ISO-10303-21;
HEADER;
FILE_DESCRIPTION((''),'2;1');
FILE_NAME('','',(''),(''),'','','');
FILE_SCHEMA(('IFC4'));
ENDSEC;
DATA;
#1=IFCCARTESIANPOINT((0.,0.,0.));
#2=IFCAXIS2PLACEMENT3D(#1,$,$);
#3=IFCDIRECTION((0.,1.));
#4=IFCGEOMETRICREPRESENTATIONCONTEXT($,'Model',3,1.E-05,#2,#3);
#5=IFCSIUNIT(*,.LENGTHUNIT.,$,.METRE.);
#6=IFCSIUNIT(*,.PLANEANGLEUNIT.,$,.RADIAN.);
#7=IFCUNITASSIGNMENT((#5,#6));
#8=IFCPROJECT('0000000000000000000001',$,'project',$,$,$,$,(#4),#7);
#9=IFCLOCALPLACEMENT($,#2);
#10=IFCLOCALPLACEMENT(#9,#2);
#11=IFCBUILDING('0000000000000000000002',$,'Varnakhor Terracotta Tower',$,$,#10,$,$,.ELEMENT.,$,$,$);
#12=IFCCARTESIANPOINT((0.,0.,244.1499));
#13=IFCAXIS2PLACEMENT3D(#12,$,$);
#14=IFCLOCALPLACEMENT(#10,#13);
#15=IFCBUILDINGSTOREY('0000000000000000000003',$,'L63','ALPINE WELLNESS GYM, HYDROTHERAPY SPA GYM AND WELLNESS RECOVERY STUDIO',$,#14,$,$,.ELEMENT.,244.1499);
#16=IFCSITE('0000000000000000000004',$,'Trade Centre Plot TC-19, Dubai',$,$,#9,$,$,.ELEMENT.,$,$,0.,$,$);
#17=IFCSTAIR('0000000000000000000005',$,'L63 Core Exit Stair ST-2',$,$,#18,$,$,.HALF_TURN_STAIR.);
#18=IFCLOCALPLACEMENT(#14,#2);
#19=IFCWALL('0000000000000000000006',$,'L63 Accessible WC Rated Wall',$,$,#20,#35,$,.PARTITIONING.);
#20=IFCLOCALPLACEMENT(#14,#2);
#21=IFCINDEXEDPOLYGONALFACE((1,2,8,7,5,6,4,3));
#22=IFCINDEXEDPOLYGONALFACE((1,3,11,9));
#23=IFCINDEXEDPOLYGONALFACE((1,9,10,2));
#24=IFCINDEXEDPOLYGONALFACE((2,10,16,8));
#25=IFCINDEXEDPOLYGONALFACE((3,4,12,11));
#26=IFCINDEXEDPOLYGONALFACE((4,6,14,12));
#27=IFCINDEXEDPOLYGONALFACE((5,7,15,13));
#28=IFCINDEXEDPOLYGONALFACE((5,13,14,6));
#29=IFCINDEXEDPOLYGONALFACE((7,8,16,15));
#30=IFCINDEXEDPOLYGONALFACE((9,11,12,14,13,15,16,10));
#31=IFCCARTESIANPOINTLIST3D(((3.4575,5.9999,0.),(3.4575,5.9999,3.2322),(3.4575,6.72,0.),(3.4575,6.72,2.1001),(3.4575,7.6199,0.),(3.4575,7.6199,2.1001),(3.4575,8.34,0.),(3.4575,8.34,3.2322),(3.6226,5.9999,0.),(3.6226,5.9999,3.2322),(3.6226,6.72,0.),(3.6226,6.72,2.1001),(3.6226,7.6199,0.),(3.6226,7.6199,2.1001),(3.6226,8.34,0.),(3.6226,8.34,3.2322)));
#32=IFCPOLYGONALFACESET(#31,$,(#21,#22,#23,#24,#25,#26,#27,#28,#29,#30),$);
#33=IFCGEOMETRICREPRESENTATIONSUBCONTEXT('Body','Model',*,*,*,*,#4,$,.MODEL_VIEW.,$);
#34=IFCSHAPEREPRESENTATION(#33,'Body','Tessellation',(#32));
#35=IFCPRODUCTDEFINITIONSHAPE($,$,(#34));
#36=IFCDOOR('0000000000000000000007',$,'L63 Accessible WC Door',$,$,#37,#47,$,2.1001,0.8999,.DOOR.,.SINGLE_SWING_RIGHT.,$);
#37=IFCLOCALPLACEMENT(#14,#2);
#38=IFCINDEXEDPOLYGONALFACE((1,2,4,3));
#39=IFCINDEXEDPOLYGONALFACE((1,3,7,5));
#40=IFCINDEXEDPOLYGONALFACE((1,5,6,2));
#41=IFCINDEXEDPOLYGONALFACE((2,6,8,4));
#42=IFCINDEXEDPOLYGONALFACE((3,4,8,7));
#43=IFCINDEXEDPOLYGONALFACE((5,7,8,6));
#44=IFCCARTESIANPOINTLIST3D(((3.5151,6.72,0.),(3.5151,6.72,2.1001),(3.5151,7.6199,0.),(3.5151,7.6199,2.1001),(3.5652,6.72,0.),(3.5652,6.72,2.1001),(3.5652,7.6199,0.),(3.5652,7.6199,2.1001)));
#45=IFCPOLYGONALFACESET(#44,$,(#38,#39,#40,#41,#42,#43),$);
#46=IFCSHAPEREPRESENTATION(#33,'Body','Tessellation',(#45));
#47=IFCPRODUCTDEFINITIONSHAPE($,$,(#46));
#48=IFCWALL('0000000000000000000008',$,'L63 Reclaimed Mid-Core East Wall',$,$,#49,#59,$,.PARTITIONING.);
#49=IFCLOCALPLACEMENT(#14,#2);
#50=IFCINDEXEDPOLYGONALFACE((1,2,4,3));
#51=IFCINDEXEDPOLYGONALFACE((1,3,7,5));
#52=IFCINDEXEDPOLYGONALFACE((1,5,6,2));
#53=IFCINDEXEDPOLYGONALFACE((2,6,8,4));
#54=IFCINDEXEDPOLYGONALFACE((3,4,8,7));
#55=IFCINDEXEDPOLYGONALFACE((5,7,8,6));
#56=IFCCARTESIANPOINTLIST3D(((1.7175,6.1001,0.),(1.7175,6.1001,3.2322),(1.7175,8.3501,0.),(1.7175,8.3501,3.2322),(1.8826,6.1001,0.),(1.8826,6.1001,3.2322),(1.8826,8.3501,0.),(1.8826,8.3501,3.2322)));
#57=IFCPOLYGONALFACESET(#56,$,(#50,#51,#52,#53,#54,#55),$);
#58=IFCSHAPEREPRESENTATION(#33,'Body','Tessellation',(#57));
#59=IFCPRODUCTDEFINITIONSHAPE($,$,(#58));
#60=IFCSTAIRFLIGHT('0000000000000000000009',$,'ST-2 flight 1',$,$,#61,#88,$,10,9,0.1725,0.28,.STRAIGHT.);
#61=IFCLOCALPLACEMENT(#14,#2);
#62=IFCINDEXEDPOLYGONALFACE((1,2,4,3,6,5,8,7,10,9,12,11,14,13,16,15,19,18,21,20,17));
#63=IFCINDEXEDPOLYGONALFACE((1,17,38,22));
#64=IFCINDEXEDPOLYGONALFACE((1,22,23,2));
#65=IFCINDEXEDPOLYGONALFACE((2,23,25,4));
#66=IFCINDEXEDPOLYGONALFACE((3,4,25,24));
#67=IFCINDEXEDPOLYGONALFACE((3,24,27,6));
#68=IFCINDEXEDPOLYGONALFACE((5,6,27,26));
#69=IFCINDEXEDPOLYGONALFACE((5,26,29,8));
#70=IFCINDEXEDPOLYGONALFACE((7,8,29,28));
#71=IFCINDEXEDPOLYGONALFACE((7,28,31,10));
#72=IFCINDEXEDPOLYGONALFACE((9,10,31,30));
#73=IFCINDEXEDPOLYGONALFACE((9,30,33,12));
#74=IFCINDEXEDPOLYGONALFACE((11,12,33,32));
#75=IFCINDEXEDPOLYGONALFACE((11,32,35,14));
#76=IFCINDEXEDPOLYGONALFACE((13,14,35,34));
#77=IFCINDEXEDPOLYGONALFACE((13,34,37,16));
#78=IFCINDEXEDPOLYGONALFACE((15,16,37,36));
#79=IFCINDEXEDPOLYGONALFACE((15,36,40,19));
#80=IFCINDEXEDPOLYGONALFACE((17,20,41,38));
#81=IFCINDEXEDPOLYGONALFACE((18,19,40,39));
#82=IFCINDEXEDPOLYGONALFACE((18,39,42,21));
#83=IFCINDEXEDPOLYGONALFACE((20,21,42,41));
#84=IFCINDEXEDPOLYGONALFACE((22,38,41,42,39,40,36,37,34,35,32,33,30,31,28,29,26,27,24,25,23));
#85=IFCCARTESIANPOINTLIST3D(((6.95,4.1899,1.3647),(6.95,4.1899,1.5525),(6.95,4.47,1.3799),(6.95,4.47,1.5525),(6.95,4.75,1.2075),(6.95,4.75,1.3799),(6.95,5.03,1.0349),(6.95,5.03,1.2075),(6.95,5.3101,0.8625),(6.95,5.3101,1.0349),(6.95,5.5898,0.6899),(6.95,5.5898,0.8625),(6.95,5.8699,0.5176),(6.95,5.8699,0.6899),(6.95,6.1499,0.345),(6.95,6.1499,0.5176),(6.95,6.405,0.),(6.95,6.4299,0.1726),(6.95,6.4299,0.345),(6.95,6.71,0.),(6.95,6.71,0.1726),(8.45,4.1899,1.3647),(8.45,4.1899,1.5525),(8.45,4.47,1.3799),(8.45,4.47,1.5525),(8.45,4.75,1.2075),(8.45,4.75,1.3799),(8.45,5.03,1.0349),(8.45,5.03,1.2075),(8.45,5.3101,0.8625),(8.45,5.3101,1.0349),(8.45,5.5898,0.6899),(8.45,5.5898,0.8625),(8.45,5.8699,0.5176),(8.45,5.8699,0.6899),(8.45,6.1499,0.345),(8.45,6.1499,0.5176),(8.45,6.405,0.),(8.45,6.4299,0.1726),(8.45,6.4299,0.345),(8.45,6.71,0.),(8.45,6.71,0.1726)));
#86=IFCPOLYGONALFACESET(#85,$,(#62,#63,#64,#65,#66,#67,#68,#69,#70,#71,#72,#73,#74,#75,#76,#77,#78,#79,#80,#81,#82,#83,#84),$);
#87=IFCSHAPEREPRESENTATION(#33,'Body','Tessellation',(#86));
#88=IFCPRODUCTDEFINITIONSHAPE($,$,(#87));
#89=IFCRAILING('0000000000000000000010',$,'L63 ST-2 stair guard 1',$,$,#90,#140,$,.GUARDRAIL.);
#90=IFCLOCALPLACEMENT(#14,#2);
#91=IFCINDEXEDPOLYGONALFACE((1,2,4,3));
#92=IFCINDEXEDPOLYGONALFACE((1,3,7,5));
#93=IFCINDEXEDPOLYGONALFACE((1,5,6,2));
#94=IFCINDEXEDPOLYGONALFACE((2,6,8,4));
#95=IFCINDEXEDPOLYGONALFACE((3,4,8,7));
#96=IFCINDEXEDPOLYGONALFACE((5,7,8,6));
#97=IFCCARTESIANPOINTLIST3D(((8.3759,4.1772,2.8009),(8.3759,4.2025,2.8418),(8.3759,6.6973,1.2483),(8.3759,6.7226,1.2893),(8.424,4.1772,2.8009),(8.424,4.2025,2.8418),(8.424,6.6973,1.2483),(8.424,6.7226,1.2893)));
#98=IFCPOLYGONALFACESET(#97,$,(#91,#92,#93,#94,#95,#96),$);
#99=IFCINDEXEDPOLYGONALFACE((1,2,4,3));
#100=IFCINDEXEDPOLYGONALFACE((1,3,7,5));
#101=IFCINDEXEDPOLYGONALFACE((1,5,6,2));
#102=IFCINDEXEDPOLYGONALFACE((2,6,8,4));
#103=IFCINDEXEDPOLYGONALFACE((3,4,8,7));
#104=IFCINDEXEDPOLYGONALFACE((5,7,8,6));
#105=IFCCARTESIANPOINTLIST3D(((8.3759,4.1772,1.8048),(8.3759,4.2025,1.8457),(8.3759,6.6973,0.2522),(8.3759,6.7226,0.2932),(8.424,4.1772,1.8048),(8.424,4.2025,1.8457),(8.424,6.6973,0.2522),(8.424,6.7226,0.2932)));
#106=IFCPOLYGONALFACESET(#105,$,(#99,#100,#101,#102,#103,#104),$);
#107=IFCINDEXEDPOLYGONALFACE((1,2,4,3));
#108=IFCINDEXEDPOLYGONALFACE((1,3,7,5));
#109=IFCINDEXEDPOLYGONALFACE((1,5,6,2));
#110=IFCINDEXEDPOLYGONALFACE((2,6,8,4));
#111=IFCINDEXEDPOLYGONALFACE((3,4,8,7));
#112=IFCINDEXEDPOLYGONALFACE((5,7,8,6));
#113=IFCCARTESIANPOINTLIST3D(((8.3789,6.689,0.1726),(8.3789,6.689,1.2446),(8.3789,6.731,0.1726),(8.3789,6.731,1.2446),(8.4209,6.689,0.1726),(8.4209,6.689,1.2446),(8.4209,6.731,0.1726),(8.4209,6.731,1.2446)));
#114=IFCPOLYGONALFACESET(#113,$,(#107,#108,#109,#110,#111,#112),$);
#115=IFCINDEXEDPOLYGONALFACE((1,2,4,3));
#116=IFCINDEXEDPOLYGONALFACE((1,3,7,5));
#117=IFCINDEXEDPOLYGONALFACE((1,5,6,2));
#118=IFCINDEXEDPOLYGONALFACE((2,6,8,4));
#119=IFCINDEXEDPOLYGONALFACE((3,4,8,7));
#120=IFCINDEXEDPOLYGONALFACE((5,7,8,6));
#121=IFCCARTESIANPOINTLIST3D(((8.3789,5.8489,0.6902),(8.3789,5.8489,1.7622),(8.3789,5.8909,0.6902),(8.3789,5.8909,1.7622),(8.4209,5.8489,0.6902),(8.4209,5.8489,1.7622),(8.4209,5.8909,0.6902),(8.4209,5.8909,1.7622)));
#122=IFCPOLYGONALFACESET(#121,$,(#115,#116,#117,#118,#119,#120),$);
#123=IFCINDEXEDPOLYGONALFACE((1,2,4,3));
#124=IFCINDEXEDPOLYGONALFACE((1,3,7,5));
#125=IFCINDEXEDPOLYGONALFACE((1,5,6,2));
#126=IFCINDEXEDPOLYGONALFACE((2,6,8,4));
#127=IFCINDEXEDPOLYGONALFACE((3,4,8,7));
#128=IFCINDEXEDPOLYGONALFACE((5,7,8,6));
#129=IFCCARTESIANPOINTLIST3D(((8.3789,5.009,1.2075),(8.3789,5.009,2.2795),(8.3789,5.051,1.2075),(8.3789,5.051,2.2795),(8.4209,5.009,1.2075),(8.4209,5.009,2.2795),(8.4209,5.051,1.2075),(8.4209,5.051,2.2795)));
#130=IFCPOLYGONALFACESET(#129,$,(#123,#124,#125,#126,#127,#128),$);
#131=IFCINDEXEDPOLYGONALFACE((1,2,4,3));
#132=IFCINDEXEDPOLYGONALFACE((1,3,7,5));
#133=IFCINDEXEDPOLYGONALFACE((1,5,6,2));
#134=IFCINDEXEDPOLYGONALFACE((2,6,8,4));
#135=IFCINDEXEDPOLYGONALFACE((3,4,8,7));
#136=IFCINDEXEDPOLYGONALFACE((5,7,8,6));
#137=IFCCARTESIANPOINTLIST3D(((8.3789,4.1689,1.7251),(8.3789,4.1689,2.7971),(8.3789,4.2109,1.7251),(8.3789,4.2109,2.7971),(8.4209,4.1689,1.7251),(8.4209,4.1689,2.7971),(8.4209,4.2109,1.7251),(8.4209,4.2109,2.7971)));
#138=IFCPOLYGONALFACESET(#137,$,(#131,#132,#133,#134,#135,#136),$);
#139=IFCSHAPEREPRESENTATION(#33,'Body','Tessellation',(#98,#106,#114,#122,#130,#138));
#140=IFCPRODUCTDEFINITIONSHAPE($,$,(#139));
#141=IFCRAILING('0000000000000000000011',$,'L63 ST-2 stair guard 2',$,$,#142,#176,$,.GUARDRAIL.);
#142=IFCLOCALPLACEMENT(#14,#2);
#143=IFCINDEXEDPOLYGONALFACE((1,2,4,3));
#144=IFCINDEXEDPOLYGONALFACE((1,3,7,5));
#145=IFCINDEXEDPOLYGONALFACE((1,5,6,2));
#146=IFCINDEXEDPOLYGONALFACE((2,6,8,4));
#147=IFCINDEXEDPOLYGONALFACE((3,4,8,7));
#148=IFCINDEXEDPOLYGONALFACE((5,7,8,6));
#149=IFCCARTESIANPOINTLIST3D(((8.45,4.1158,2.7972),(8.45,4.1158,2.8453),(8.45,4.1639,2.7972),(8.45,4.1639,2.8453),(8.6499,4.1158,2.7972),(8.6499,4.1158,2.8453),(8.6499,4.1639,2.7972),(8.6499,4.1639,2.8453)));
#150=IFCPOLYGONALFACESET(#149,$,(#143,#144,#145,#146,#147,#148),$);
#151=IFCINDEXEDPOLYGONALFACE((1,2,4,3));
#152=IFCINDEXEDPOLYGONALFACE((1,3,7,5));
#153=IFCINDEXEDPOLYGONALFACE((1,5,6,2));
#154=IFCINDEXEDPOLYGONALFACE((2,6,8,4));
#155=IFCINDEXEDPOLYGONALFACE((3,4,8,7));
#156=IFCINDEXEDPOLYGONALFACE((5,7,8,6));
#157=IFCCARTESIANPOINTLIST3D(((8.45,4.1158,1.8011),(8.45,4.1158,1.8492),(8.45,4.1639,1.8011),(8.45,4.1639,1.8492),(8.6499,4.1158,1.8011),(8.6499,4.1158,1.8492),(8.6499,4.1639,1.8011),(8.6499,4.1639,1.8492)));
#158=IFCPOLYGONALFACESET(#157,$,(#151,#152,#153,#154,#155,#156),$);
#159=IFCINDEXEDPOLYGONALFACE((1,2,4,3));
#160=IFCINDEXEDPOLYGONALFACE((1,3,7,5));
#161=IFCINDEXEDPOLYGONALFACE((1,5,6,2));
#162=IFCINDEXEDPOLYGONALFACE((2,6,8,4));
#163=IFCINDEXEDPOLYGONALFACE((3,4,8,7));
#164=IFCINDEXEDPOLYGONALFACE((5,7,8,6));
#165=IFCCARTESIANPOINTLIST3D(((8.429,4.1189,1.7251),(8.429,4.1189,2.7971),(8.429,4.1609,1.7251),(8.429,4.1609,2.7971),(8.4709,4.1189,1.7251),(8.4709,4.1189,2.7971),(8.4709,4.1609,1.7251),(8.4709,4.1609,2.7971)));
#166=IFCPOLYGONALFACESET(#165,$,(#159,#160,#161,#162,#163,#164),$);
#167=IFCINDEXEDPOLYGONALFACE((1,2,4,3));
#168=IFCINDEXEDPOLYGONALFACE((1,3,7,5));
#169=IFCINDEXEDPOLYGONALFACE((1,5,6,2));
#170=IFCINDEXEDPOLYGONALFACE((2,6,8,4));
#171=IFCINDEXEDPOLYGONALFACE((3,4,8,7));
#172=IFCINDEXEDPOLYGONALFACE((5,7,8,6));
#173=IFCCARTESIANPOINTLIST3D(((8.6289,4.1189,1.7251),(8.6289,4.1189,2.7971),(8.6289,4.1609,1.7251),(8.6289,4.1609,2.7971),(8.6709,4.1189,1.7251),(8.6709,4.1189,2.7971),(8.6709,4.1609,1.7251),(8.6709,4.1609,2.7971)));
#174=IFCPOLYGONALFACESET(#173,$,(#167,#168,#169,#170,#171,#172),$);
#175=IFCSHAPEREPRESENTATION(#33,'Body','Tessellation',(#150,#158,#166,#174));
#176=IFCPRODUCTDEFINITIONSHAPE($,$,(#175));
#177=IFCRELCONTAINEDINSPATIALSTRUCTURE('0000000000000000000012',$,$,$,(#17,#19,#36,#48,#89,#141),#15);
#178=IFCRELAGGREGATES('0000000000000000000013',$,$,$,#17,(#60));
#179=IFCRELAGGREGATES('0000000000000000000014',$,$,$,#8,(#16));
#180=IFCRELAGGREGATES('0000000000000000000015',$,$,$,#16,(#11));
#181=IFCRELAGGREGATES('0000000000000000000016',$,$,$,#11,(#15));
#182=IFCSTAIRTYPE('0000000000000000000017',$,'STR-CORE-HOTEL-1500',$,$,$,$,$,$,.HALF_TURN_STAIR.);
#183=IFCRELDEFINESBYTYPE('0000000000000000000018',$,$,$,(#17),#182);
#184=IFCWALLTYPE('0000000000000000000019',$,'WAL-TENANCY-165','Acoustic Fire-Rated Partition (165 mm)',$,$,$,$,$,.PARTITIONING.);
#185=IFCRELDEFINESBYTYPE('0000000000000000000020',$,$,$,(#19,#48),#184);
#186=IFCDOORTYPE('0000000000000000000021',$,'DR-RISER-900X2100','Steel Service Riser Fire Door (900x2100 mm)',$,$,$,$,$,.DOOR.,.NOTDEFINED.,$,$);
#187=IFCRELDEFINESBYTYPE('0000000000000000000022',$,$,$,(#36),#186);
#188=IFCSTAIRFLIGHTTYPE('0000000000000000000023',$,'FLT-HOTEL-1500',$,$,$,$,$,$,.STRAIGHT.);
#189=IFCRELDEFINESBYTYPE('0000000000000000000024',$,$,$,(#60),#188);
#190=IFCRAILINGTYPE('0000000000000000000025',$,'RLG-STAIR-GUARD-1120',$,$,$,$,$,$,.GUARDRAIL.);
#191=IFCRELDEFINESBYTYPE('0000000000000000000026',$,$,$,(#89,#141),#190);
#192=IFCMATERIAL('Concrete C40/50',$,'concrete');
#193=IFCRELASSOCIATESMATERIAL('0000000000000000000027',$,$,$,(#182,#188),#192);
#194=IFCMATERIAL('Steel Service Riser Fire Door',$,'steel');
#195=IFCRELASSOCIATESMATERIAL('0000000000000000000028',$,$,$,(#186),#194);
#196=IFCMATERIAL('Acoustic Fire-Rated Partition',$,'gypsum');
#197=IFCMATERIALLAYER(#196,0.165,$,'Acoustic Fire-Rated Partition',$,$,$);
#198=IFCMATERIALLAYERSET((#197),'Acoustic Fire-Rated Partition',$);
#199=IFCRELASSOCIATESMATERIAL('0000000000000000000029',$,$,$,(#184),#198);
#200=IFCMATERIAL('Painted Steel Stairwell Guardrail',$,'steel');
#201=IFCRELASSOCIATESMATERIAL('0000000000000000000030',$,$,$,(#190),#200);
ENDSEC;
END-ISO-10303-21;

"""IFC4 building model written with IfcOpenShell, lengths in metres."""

from ifc_helpers import new_model, si_unit, direction, frame, frame_2d, origin, origin_2d, place, context, subcontext, project, spatial, polyline, rectangle, outline, extrude, source, transform, mapped, material, layer, layer_set, type_object, type_shapes, element, fill, aggregate, save


model = new_model("IFC4")

# Units and contexts
model_context = context("Model", 3, precision=1e-05, world=origin(), true_north=direction((0.0, 1.0)))
body_context = subcontext(model_context, "Body", "Model", "MODEL_VIEW")
ifc_project = project(units=[si_unit("LENGTHUNIT", "METRE"), si_unit("PLANEANGLEUNIT", "RADIAN")], contexts=[model_context])

# Site, building, storey
site_placement = place(None, origin())
site = spatial("IfcSite", under=ifc_project, at=site_placement, Name="Trade Centre Plot TC-19, Dubai", CompositionType="ELEMENT", RefElevation=0.0)
building_placement = place(site_placement, origin())
building = spatial("IfcBuilding", under=site, at=building_placement, Name="Varnakhor Terracotta Tower", CompositionType="ELEMENT")
storey_placement = place(building_placement, frame((0.0, 0.0, 244.1499)))
storey = spatial("IfcBuildingStorey", under=building, at=storey_placement, Name="L63", Description="ALPINE WELLNESS GYM, HYDROTHERAPY SPA GYM AND WELLNESS RECOVERY STUDIO", CompositionType="ELEMENT", Elevation=244.1499)

# Shared definitions
ifc_material_1 = material(Name="Concrete C40/50", Category="concrete")

# Stair
stair_type = type_object("IfcStairType", Name="STR-CORE-HOTEL-1500", PredefinedType="HALF_TURN_STAIR", material=ifc_material_1)
stair_1_placement = place(storey_placement, origin())
stair_1 = element("IfcStair", 1, at=stair_1_placement, inside=storey, type_object=stair_type, Name="L63 Core Exit Stair ST-2", PredefinedType="HALF_TURN_STAIR")

# Shared definitions
ifc_material_2 = material(Name="Acoustic Fire-Rated Partition", Category="gypsum")

# Wall, opening, door
ifc_material_3 = material(Name="Steel Service Riser Fire Door", Category="steel")
door_type_1 = type_object("IfcDoorType", Name="DR-RISER-900X2100", Description="Steel Service Riser Fire Door (900x2100 mm)", OperationType="NOTDEFINED", PredefinedType="DOOR", material=ifc_material_3)
shared_shape_1 = source(origin(), body_context, "Body", "SweptSolid", [
    extrude(rectangle(XDim=0.8999, YDim=2.1001, at=frame_2d((0.45, 1.05))), frame((0.0, 0.0249, 0.0), z_axis=(0.0, -1.0, 0.0), x_axis=(1.0, 0.0, 0.0)), (0.0, 0.0, 1.0), 0.05),
])
type_shapes(door_type_1, [shared_shape_1])
ifc_layer_1 = layer(ifc_material_2, 0.165, Name="Acoustic Fire-Rated Partition")
ifc_layer_set_1 = layer_set([ifc_layer_1], Name="Acoustic Fire-Rated Partition")
wall_type_1 = type_object("IfcWallType", Name="WAL-TENANCY-165", Description="Acoustic Fire-Rated Partition (165 mm)", PredefinedType="PARTITIONING", material=ifc_layer_set_1)
wall_1_placement = place(storey_placement, frame((3.54, 6.0, 0.0), z_axis=(0.0, 0.0, 1.0), x_axis=(0.0, 1.0, 0.0)))
wall_1 = element("IfcWall", 2, at=wall_1_placement, inside=storey, type_object=wall_type_1, Name="L63 Accessible WC Rated Wall", PredefinedType="PARTITIONING", context=body_context, shape_type="SweptSolid", body=[
    extrude(rectangle(XDim=2.3401, YDim=0.165, at=frame_2d((1.1699, 0.0))), origin(), (0.0, 0.0, 1.0), 3.2322),
])
opening_1_placement = place(wall_1_placement, frame((0.72, 0.0, 0.0)))
opening_1 = element("IfcOpeningElement", 3, at=opening_1_placement, cuts=wall_1, PredefinedType="OPENING", context=body_context, shape_type="SweptSolid", body=[
    extrude(rectangle(XDim=0.8999, YDim=2.1001, at=frame_2d((0.45, 1.05))), frame((0.0, 0.0925, 0.0), z_axis=(0.0, -1.0, 0.0), x_axis=(1.0, 0.0, 0.0)), (0.0, 0.0, 1.0), 0.1851),
])
door_1_placement = place(opening_1_placement, origin())
door_1 = element("IfcDoor", 4, at=door_1_placement, inside=storey, type_object=door_type_1, Name="L63 Accessible WC Door", OperationType="SINGLE_SWING_RIGHT", OverallHeight=2.1001, OverallWidth=0.8999, PredefinedType="DOOR", context=body_context, shape_type="MappedRepresentation", body=[
    mapped(shared_shape_1, transform((0.0, 0.0, 0.0), scale=1.0)),
])
fill(opening_1, door_1)

# Wall
wall_2_placement = place(storey_placement, frame((1.8, 6.1001, 0.0), z_axis=(0.0, 0.0, 1.0), x_axis=(0.0, 1.0, 0.0)))
element("IfcWall", 5, at=wall_2_placement, inside=storey, type_object=wall_type_1, Name="L63 Reclaimed Mid-Core East Wall", PredefinedType="PARTITIONING", context=body_context, shape_type="SweptSolid", body=[
    extrude(rectangle(XDim=2.25, YDim=0.165, at=frame_2d((1.125, 0.0))), origin(), (0.0, 0.0, 1.0), 3.2322),
])

# Stair flight
stair_flight_type = type_object("IfcStairFlightType", Name="FLT-HOTEL-1500", PredefinedType="STRAIGHT", material=ifc_material_1)
stair_flight_placement = place(storey_placement, frame((7.7, 6.71, 0.0), z_axis=(0.0, 0.0, 1.0), x_axis=(0.0, -1.0, 0.0)))
stair_flight = element("IfcStairFlight", 6, at=stair_flight_placement, type_object=stair_flight_type, Name="ST-2 flight 1", NumberOfRisers=10, NumberOfTreads=9, PredefinedType="STRAIGHT", RiserHeight=0.1725, TreadLength=0.28, context=body_context, shape_type="SweptSolid", body=[
    extrude(outline(polyline([(0.0, 0.0), (0.0, 0.1726), (0.28, 0.1726), (0.28, 0.345), (0.5601, 0.345), (0.5601, 0.5176), (0.8401, 0.5176), (0.8401, 0.6899), (1.1201, 0.6899), (1.1201, 0.8625), (1.3999, 0.8625), (1.3999, 1.0349), (1.6799, 1.0349), (1.6799, 1.2075), (1.96, 1.2075), (1.96, 1.3799), (2.24, 1.3799), (2.24, 1.5525), (2.52, 1.5525), (2.52, 1.7251), (2.52, 1.3647), (0.3049, 0.0), (0.0, 0.0)])), frame((0.0, 0.75, 0.0), z_axis=(0.0, -1.0, 0.0), x_axis=(1.0, 0.0, 0.0)), (0.0, 0.0, 1.0), 1.5),
])
aggregate(stair_1, [stair_flight])

# Railings
ifc_material_4 = material(Name="Painted Steel Stairwell Guardrail", Category="steel")
railing_type_1 = type_object("IfcRailingType", Name="RLG-STAIR-GUARD-1120", PredefinedType="GUARDRAIL", material=ifc_material_4)
railing_1_placement = place(storey_placement, frame((8.3999, 6.71, 0.1726)))
element("IfcRailing", 7, at=railing_1_placement, inside=storey, type_object=railing_type_1, Name="L63 ST-2 stair guard 1", PredefinedType="GUARDRAIL", context=body_context, shape_type="SweptSolid", body=[
    extrude(rectangle(XDim=0.0481, YDim=0.0481, at=origin_2d()), frame((0.0, 0.0, 1.0962), z_axis=(0.0, -0.8514, 0.524516), x_axis=(1.0, 0.0, 0.0)), (0.0, 0.0, 1.0), 2.96),
    extrude(rectangle(XDim=0.0481, YDim=0.0481, at=origin_2d()), frame((0.0, 0.0, 0.1001), z_axis=(0.0, -0.8514, 0.524516), x_axis=(1.0, 0.0, 0.0)), (0.0, 0.0, 1.0), 2.96),
    extrude(rectangle(XDim=0.042, YDim=0.042, at=origin_2d()), origin(), (0.0, 0.0, 1.0), 1.072),
    extrude(rectangle(XDim=0.042, YDim=0.042, at=origin_2d()), frame((0.0, -0.8401, 0.5176)), (0.0, 0.0, 1.0), 1.072),
    extrude(rectangle(XDim=0.042, YDim=0.042, at=origin_2d()), frame((0.0, -1.6799, 1.0349)), (0.0, 0.0, 1.0), 1.072),
    extrude(rectangle(XDim=0.042, YDim=0.042, at=origin_2d()), frame((0.0, -2.52, 1.5525)), (0.0, 0.0, 1.0), 1.072),
])
railing_2_placement = place(storey_placement, frame((8.45, 4.1399, 1.7251)))
element("IfcRailing", 8, at=railing_2_placement, inside=storey, type_object=railing_type_1, Name="L63 ST-2 stair guard 2", PredefinedType="GUARDRAIL", context=body_context, shape_type="SweptSolid", body=[
    extrude(rectangle(XDim=0.0481, YDim=0.0481, at=origin_2d()), frame((0.0, 0.0, 1.0962), z_axis=(1.0, 0.0, 0.0), x_axis=(0.0, 1.0, 0.0)), (0.0, 0.0, 1.0), 0.2),
    extrude(rectangle(XDim=0.0481, YDim=0.0481, at=origin_2d()), frame((0.0, 0.0, 0.1001), z_axis=(1.0, 0.0, 0.0), x_axis=(0.0, 1.0, 0.0)), (0.0, 0.0, 1.0), 0.2),
    extrude(rectangle(XDim=0.042, YDim=0.042, at=origin_2d()), origin(), (0.0, 0.0, 1.0), 1.072),
    extrude(rectangle(XDim=0.042, YDim=0.042, at=origin_2d()), frame((0.2, 0.0, 0.0)), (0.0, 0.0, 1.0), 1.072),
])

save(model, "model.ifc")
